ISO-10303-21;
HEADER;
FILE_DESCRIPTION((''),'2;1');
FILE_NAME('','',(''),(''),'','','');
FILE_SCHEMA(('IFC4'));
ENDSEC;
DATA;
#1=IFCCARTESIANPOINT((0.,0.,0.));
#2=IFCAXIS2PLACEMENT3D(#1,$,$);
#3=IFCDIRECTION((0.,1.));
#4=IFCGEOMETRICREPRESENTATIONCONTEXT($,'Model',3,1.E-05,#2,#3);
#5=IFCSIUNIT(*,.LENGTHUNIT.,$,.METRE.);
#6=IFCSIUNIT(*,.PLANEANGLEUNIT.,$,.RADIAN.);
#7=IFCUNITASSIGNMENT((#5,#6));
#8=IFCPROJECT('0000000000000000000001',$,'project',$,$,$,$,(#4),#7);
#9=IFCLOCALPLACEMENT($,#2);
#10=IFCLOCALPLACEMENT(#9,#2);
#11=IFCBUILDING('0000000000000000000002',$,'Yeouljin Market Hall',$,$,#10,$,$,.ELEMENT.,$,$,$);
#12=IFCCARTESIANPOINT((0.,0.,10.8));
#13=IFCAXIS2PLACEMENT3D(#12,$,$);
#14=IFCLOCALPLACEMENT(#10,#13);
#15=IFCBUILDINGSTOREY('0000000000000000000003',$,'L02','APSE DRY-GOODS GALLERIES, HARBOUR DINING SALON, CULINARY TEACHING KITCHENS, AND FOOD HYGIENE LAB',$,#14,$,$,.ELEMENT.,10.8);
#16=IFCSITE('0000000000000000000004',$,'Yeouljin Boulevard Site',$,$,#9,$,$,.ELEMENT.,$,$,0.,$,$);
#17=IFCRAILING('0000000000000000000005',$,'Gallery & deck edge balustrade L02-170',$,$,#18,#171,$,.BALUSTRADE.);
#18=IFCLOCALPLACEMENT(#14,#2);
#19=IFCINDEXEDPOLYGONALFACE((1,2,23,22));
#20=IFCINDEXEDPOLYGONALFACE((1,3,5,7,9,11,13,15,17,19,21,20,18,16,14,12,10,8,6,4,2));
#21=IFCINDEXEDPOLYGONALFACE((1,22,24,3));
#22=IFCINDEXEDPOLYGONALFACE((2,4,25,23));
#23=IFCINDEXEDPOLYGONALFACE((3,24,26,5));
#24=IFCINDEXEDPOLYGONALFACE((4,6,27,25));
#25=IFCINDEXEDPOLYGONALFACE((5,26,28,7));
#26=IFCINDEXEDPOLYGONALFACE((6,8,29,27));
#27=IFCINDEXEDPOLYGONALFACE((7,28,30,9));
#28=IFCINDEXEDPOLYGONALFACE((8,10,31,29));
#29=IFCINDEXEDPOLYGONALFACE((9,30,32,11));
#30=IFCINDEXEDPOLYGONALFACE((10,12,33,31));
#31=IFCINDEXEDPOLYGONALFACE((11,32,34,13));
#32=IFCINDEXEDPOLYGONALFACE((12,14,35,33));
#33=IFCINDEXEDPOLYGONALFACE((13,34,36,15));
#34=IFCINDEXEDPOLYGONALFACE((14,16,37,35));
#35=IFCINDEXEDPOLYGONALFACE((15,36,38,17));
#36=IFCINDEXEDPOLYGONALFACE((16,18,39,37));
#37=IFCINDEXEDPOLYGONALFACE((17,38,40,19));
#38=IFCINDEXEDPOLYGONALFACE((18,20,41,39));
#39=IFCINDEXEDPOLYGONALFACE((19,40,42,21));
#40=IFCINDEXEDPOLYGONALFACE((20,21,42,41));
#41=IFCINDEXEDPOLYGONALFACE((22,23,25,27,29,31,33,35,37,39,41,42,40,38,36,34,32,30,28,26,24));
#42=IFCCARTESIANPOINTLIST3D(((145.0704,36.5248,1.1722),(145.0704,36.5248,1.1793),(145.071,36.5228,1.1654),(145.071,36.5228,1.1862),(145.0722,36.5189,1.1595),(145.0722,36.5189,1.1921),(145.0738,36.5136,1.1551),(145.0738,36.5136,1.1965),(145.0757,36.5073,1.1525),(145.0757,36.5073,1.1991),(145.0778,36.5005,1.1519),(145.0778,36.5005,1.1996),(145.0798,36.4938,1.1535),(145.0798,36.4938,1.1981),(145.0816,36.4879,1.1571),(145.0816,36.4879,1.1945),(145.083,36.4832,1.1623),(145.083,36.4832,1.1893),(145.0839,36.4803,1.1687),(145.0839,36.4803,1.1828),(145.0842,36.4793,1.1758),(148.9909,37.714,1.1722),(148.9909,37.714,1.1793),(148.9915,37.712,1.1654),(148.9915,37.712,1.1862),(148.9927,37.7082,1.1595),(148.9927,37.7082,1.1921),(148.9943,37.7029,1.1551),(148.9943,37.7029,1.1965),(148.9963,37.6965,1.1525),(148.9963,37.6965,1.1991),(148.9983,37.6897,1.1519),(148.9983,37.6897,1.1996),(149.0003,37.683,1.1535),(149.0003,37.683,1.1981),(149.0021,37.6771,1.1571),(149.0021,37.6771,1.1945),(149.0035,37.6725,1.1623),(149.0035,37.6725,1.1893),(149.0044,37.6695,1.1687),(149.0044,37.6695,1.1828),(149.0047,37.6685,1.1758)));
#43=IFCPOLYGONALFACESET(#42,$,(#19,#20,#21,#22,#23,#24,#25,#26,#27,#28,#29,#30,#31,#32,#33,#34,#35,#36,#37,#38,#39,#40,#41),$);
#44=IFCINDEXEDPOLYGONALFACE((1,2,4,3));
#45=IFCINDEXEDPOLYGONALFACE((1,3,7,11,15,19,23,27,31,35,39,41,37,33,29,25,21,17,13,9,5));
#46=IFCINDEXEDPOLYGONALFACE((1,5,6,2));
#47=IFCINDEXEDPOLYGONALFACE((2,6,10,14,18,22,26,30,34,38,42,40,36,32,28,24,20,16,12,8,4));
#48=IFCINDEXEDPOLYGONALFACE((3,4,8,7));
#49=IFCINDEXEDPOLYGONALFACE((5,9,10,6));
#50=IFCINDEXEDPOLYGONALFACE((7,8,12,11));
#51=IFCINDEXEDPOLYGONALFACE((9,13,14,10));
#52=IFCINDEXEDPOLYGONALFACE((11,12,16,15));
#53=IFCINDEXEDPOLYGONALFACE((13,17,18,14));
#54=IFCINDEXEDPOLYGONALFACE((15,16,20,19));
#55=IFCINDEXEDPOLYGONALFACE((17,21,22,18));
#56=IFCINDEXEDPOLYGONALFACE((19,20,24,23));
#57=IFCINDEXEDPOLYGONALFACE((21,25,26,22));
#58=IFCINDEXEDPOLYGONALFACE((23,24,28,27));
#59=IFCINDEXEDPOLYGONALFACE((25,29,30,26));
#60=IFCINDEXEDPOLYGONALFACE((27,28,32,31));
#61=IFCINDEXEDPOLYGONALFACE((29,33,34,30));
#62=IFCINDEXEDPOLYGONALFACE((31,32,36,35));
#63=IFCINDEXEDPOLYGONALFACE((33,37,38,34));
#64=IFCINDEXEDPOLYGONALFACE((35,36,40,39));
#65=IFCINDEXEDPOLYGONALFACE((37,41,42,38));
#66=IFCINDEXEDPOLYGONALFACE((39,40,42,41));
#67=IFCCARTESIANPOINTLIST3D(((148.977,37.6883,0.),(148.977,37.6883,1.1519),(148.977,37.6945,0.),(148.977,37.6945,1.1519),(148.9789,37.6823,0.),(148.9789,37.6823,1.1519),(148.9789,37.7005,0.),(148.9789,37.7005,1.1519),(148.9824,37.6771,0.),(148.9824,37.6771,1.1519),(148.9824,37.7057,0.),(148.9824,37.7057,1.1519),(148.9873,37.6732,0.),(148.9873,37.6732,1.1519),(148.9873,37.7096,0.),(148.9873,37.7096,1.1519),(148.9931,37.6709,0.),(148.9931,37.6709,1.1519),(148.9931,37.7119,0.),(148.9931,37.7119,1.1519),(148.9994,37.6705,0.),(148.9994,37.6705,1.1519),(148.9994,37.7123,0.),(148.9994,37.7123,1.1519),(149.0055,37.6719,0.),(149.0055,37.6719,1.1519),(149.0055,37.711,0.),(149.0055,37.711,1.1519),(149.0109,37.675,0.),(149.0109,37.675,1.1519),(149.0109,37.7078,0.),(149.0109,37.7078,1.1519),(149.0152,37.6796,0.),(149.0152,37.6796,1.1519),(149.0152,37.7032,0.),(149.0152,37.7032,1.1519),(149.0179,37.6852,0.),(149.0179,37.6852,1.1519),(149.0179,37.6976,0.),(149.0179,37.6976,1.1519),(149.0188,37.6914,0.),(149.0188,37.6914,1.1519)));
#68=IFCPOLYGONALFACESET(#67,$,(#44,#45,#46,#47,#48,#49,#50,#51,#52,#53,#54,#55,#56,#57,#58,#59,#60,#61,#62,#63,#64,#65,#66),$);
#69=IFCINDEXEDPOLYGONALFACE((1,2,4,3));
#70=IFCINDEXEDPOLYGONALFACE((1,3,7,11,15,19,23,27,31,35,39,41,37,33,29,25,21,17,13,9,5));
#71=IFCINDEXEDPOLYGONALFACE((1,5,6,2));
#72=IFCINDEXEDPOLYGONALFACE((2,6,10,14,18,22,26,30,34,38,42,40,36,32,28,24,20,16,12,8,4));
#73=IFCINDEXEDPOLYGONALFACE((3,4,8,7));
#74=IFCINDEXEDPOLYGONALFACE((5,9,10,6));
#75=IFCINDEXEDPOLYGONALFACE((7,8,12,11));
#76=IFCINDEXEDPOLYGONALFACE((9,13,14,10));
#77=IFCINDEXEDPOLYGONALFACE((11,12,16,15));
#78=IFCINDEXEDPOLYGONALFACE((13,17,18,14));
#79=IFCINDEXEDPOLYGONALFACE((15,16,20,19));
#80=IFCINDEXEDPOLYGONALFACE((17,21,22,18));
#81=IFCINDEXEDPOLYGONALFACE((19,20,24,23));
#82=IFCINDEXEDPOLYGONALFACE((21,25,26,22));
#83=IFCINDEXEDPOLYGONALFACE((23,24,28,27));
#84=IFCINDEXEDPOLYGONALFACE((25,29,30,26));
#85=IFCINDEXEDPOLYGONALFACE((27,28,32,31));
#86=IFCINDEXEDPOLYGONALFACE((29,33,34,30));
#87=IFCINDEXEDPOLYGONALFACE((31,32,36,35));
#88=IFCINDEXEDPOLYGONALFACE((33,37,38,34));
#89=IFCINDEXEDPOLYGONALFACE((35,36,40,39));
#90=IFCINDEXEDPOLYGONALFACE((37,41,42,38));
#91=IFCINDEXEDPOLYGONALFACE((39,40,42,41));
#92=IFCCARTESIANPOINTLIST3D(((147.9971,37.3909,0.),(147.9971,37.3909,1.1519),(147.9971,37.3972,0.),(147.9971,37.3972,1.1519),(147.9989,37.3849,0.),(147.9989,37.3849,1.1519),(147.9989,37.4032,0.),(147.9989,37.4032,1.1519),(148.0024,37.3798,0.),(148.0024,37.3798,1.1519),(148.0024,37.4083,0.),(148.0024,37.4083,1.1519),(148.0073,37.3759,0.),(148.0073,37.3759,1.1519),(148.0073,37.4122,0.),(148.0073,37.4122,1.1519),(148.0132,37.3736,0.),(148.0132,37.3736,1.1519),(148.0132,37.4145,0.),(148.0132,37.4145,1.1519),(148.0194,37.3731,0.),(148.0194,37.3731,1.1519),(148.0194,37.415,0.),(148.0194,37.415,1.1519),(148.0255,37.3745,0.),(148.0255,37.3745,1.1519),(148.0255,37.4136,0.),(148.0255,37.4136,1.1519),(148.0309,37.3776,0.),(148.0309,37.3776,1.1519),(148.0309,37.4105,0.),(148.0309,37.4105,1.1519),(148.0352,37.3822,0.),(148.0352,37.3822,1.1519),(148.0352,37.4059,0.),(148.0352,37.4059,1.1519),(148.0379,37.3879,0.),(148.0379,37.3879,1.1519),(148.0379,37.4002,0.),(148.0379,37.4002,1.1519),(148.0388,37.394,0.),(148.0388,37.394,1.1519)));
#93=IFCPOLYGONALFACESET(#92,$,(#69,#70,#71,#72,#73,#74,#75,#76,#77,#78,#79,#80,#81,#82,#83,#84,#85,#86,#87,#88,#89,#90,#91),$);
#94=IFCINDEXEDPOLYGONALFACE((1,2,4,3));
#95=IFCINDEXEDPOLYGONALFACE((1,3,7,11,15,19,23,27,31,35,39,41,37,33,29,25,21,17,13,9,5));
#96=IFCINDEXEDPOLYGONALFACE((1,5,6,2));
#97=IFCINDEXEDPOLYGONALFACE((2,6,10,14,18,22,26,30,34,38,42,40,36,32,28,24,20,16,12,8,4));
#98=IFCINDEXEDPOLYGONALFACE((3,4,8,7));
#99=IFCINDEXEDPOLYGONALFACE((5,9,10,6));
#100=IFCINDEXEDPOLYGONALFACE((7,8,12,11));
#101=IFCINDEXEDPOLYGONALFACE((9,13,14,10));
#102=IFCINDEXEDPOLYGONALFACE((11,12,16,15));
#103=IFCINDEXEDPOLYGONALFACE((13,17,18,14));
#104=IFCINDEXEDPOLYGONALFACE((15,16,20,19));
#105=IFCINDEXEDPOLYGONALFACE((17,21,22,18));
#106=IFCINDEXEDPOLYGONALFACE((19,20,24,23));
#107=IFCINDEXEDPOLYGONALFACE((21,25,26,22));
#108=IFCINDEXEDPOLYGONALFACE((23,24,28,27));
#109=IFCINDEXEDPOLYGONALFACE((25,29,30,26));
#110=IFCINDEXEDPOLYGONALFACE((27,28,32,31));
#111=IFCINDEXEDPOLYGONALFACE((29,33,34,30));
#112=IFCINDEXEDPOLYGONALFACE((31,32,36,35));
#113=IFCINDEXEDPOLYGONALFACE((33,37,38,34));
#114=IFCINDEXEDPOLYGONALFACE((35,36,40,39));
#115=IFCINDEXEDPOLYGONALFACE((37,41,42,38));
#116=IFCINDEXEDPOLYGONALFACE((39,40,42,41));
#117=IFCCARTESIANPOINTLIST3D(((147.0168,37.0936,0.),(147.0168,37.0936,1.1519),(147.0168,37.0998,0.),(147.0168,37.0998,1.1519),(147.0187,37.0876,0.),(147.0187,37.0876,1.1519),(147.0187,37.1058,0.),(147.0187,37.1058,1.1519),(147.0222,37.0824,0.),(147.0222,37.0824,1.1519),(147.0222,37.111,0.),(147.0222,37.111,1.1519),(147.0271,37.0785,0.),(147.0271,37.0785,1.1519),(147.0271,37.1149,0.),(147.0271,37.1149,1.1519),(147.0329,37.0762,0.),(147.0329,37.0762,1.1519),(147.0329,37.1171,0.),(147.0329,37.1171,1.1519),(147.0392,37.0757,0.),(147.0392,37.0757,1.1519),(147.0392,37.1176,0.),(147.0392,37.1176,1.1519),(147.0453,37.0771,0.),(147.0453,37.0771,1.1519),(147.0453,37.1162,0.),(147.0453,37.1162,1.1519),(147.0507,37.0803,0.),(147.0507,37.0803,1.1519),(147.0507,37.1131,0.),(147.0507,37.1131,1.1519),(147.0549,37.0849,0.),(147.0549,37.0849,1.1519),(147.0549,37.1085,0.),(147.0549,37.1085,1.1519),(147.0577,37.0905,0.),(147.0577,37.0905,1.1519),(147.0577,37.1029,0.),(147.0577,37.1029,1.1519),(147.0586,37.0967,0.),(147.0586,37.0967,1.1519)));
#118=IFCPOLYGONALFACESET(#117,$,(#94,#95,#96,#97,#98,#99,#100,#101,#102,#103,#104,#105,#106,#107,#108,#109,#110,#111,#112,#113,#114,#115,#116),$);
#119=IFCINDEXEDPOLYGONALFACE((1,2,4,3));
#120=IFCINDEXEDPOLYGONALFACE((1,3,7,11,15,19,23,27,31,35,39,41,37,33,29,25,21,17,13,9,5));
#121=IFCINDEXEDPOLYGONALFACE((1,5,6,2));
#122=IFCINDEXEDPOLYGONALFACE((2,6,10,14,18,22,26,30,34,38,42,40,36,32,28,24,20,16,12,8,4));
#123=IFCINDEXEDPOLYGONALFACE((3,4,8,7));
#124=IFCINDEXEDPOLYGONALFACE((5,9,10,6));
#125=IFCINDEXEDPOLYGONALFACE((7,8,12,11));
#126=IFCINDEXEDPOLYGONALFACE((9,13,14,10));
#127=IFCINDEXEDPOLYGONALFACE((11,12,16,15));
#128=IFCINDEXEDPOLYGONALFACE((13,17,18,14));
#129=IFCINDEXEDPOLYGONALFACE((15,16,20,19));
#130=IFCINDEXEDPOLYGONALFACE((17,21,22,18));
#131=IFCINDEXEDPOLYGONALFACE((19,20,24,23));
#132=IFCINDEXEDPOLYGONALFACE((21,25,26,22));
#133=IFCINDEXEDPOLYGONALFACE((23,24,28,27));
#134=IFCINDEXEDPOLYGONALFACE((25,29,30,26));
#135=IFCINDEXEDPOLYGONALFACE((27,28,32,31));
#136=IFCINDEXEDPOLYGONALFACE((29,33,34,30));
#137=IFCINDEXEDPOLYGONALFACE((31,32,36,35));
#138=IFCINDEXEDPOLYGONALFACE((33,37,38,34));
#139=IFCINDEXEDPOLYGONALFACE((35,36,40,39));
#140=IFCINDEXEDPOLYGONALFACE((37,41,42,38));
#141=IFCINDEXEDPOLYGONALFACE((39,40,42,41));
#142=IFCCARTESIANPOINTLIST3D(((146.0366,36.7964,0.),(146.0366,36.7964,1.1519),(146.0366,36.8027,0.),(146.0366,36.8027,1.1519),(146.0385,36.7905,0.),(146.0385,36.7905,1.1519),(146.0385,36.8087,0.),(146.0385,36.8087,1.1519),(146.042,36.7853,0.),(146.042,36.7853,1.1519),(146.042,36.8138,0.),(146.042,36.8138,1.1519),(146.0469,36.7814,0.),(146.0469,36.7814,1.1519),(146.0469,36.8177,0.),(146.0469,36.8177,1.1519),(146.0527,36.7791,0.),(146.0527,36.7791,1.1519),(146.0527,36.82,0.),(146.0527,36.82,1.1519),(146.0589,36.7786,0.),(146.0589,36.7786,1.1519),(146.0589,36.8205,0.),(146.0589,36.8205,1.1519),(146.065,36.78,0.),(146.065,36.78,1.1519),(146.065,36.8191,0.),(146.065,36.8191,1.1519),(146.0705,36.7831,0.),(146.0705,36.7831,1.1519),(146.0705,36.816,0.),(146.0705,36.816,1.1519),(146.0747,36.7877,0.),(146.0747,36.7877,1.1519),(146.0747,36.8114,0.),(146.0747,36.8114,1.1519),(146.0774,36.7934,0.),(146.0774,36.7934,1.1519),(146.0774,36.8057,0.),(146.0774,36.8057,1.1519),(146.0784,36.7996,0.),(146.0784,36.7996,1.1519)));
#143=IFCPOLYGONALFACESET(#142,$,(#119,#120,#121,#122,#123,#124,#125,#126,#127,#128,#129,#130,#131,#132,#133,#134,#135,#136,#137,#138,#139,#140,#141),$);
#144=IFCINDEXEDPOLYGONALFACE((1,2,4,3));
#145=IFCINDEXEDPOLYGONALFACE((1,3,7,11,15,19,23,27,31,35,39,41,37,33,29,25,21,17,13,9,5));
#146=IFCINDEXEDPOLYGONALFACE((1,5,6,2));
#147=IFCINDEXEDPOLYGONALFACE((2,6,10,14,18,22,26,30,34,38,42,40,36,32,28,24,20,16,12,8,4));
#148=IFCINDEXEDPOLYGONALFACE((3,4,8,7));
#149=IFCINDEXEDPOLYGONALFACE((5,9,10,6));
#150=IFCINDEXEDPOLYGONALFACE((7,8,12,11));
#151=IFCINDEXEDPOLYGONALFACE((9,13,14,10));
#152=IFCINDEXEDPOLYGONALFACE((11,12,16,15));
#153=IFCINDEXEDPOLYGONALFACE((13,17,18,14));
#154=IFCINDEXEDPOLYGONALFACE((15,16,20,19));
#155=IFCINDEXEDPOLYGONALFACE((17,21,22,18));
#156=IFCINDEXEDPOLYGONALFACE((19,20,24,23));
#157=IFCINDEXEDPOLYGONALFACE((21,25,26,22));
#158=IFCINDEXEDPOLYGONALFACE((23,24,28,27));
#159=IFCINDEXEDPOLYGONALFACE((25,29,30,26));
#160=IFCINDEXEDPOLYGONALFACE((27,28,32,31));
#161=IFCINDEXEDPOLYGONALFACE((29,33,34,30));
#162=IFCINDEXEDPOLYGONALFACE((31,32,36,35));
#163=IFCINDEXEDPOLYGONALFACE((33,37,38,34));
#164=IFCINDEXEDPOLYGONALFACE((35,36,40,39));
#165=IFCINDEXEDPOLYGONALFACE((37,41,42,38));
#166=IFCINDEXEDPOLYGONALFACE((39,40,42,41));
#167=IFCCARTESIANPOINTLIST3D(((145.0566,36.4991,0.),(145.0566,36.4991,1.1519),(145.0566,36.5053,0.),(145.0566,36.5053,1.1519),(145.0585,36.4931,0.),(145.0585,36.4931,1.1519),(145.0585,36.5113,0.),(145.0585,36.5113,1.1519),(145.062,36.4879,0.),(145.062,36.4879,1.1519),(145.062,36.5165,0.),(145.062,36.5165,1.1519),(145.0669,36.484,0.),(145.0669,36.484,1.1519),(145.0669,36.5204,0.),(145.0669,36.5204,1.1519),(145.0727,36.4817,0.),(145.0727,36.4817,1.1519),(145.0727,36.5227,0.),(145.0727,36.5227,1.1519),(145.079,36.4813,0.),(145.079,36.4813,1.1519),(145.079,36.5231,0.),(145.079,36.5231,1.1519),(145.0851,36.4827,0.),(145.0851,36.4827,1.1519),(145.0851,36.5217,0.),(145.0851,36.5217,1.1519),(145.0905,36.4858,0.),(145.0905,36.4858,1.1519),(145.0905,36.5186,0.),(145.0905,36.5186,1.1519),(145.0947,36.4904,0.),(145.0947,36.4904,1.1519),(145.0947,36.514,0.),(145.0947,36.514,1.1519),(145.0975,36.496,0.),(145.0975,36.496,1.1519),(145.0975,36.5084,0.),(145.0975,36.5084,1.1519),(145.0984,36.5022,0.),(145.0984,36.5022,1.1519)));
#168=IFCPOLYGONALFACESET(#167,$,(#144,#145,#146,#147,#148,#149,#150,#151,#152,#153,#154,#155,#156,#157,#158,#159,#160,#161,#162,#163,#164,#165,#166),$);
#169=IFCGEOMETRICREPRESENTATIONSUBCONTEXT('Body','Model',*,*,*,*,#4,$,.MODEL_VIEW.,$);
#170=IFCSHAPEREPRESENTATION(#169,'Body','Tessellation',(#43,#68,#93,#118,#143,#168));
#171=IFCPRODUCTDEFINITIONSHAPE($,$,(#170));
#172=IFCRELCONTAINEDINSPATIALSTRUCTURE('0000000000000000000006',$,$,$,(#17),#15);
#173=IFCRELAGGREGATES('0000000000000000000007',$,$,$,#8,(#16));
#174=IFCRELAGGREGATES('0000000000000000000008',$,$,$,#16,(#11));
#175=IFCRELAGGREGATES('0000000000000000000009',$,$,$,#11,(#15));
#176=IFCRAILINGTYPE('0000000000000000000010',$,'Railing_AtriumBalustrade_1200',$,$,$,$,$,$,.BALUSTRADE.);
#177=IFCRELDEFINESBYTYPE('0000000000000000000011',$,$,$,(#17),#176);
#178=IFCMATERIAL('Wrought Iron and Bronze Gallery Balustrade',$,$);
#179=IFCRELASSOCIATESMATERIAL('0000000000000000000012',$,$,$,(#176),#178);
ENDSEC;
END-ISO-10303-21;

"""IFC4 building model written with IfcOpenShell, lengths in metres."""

from ifc_helpers import new_model, si_unit, direction, frame, origin, origin_2d, place, context, subcontext, project, spatial, circle, extrude, material, type_object, element, save


model = new_model("IFC4")

# Units and contexts
model_context = context("Model", 3, precision=1e-05, world=origin(), true_north=direction((0.0, 1.0)))
body_context = subcontext(model_context, "Body", "Model", "MODEL_VIEW")
ifc_project = project(units=[si_unit("LENGTHUNIT", "METRE"), si_unit("PLANEANGLEUNIT", "RADIAN")], contexts=[model_context])

# Site, building, storey
site_placement = place(None, origin())
site = spatial("IfcSite", under=ifc_project, at=site_placement, Name="Yeouljin Boulevard Site", CompositionType="ELEMENT", RefElevation=0.0)
building_placement = place(site_placement, origin())
building = spatial("IfcBuilding", under=site, at=building_placement, Name="Yeouljin Market Hall", CompositionType="ELEMENT")
storey_placement = place(building_placement, frame((0.0, 0.0, 10.8)))
storey = spatial("IfcBuildingStorey", under=building, at=storey_placement, Name="L02", Description="APSE DRY-GOODS GALLERIES, HARBOUR DINING SALON, CULINARY TEACHING KITCHENS, AND FOOD HYGIENE LAB", CompositionType="ELEMENT", Elevation=10.8)

# Railing
ifc_material_1 = material(Name="Wrought Iron and Bronze Gallery Balustrade")
railing_type = type_object("IfcRailingType", Name="Railing_AtriumBalustrade_1200", PredefinedType="BALUSTRADE", material=ifc_material_1)
railing_1_placement = place(storey_placement, frame((148.9978, 37.6914, 0.0)))
element("IfcRailing", 1, at=railing_1_placement, inside=storey, type_object=railing_type, Name="Gallery & deck edge balustrade L02-170", PredefinedType="BALUSTRADE", context=body_context, shape_type="SweptSolid", body=[
    extrude(circle(Radius=0.0239, at=origin_2d()), frame((0.0, 0.0, 1.1758), z_axis=(-0.956943, -0.290277, 0.0), x_axis=(0.290277, -0.956943, 0.0)), (0.0, 0.0, 1.0), 4.0969),
    extrude(circle(Radius=0.021, at=origin_2d()), origin(), (0.0, 0.0, 1.0), 1.1519),
    extrude(circle(Radius=0.021, at=origin_2d()), frame((-0.98, -0.2974, 0.0)), (0.0, 0.0, 1.0), 1.1519),
    extrude(circle(Radius=0.021, at=origin_2d()), frame((-1.9602, -0.5947, 0.0)), (0.0, 0.0, 1.0), 1.1519),
    extrude(circle(Radius=0.021, at=origin_2d()), frame((-2.9404, -0.8918, 0.0)), (0.0, 0.0, 1.0), 1.1519),
    extrude(circle(Radius=0.021, at=origin_2d()), frame((-3.9204, -1.1892, 0.0)), (0.0, 0.0, 1.0), 1.1519),
])

save(model, "model.ifc")
